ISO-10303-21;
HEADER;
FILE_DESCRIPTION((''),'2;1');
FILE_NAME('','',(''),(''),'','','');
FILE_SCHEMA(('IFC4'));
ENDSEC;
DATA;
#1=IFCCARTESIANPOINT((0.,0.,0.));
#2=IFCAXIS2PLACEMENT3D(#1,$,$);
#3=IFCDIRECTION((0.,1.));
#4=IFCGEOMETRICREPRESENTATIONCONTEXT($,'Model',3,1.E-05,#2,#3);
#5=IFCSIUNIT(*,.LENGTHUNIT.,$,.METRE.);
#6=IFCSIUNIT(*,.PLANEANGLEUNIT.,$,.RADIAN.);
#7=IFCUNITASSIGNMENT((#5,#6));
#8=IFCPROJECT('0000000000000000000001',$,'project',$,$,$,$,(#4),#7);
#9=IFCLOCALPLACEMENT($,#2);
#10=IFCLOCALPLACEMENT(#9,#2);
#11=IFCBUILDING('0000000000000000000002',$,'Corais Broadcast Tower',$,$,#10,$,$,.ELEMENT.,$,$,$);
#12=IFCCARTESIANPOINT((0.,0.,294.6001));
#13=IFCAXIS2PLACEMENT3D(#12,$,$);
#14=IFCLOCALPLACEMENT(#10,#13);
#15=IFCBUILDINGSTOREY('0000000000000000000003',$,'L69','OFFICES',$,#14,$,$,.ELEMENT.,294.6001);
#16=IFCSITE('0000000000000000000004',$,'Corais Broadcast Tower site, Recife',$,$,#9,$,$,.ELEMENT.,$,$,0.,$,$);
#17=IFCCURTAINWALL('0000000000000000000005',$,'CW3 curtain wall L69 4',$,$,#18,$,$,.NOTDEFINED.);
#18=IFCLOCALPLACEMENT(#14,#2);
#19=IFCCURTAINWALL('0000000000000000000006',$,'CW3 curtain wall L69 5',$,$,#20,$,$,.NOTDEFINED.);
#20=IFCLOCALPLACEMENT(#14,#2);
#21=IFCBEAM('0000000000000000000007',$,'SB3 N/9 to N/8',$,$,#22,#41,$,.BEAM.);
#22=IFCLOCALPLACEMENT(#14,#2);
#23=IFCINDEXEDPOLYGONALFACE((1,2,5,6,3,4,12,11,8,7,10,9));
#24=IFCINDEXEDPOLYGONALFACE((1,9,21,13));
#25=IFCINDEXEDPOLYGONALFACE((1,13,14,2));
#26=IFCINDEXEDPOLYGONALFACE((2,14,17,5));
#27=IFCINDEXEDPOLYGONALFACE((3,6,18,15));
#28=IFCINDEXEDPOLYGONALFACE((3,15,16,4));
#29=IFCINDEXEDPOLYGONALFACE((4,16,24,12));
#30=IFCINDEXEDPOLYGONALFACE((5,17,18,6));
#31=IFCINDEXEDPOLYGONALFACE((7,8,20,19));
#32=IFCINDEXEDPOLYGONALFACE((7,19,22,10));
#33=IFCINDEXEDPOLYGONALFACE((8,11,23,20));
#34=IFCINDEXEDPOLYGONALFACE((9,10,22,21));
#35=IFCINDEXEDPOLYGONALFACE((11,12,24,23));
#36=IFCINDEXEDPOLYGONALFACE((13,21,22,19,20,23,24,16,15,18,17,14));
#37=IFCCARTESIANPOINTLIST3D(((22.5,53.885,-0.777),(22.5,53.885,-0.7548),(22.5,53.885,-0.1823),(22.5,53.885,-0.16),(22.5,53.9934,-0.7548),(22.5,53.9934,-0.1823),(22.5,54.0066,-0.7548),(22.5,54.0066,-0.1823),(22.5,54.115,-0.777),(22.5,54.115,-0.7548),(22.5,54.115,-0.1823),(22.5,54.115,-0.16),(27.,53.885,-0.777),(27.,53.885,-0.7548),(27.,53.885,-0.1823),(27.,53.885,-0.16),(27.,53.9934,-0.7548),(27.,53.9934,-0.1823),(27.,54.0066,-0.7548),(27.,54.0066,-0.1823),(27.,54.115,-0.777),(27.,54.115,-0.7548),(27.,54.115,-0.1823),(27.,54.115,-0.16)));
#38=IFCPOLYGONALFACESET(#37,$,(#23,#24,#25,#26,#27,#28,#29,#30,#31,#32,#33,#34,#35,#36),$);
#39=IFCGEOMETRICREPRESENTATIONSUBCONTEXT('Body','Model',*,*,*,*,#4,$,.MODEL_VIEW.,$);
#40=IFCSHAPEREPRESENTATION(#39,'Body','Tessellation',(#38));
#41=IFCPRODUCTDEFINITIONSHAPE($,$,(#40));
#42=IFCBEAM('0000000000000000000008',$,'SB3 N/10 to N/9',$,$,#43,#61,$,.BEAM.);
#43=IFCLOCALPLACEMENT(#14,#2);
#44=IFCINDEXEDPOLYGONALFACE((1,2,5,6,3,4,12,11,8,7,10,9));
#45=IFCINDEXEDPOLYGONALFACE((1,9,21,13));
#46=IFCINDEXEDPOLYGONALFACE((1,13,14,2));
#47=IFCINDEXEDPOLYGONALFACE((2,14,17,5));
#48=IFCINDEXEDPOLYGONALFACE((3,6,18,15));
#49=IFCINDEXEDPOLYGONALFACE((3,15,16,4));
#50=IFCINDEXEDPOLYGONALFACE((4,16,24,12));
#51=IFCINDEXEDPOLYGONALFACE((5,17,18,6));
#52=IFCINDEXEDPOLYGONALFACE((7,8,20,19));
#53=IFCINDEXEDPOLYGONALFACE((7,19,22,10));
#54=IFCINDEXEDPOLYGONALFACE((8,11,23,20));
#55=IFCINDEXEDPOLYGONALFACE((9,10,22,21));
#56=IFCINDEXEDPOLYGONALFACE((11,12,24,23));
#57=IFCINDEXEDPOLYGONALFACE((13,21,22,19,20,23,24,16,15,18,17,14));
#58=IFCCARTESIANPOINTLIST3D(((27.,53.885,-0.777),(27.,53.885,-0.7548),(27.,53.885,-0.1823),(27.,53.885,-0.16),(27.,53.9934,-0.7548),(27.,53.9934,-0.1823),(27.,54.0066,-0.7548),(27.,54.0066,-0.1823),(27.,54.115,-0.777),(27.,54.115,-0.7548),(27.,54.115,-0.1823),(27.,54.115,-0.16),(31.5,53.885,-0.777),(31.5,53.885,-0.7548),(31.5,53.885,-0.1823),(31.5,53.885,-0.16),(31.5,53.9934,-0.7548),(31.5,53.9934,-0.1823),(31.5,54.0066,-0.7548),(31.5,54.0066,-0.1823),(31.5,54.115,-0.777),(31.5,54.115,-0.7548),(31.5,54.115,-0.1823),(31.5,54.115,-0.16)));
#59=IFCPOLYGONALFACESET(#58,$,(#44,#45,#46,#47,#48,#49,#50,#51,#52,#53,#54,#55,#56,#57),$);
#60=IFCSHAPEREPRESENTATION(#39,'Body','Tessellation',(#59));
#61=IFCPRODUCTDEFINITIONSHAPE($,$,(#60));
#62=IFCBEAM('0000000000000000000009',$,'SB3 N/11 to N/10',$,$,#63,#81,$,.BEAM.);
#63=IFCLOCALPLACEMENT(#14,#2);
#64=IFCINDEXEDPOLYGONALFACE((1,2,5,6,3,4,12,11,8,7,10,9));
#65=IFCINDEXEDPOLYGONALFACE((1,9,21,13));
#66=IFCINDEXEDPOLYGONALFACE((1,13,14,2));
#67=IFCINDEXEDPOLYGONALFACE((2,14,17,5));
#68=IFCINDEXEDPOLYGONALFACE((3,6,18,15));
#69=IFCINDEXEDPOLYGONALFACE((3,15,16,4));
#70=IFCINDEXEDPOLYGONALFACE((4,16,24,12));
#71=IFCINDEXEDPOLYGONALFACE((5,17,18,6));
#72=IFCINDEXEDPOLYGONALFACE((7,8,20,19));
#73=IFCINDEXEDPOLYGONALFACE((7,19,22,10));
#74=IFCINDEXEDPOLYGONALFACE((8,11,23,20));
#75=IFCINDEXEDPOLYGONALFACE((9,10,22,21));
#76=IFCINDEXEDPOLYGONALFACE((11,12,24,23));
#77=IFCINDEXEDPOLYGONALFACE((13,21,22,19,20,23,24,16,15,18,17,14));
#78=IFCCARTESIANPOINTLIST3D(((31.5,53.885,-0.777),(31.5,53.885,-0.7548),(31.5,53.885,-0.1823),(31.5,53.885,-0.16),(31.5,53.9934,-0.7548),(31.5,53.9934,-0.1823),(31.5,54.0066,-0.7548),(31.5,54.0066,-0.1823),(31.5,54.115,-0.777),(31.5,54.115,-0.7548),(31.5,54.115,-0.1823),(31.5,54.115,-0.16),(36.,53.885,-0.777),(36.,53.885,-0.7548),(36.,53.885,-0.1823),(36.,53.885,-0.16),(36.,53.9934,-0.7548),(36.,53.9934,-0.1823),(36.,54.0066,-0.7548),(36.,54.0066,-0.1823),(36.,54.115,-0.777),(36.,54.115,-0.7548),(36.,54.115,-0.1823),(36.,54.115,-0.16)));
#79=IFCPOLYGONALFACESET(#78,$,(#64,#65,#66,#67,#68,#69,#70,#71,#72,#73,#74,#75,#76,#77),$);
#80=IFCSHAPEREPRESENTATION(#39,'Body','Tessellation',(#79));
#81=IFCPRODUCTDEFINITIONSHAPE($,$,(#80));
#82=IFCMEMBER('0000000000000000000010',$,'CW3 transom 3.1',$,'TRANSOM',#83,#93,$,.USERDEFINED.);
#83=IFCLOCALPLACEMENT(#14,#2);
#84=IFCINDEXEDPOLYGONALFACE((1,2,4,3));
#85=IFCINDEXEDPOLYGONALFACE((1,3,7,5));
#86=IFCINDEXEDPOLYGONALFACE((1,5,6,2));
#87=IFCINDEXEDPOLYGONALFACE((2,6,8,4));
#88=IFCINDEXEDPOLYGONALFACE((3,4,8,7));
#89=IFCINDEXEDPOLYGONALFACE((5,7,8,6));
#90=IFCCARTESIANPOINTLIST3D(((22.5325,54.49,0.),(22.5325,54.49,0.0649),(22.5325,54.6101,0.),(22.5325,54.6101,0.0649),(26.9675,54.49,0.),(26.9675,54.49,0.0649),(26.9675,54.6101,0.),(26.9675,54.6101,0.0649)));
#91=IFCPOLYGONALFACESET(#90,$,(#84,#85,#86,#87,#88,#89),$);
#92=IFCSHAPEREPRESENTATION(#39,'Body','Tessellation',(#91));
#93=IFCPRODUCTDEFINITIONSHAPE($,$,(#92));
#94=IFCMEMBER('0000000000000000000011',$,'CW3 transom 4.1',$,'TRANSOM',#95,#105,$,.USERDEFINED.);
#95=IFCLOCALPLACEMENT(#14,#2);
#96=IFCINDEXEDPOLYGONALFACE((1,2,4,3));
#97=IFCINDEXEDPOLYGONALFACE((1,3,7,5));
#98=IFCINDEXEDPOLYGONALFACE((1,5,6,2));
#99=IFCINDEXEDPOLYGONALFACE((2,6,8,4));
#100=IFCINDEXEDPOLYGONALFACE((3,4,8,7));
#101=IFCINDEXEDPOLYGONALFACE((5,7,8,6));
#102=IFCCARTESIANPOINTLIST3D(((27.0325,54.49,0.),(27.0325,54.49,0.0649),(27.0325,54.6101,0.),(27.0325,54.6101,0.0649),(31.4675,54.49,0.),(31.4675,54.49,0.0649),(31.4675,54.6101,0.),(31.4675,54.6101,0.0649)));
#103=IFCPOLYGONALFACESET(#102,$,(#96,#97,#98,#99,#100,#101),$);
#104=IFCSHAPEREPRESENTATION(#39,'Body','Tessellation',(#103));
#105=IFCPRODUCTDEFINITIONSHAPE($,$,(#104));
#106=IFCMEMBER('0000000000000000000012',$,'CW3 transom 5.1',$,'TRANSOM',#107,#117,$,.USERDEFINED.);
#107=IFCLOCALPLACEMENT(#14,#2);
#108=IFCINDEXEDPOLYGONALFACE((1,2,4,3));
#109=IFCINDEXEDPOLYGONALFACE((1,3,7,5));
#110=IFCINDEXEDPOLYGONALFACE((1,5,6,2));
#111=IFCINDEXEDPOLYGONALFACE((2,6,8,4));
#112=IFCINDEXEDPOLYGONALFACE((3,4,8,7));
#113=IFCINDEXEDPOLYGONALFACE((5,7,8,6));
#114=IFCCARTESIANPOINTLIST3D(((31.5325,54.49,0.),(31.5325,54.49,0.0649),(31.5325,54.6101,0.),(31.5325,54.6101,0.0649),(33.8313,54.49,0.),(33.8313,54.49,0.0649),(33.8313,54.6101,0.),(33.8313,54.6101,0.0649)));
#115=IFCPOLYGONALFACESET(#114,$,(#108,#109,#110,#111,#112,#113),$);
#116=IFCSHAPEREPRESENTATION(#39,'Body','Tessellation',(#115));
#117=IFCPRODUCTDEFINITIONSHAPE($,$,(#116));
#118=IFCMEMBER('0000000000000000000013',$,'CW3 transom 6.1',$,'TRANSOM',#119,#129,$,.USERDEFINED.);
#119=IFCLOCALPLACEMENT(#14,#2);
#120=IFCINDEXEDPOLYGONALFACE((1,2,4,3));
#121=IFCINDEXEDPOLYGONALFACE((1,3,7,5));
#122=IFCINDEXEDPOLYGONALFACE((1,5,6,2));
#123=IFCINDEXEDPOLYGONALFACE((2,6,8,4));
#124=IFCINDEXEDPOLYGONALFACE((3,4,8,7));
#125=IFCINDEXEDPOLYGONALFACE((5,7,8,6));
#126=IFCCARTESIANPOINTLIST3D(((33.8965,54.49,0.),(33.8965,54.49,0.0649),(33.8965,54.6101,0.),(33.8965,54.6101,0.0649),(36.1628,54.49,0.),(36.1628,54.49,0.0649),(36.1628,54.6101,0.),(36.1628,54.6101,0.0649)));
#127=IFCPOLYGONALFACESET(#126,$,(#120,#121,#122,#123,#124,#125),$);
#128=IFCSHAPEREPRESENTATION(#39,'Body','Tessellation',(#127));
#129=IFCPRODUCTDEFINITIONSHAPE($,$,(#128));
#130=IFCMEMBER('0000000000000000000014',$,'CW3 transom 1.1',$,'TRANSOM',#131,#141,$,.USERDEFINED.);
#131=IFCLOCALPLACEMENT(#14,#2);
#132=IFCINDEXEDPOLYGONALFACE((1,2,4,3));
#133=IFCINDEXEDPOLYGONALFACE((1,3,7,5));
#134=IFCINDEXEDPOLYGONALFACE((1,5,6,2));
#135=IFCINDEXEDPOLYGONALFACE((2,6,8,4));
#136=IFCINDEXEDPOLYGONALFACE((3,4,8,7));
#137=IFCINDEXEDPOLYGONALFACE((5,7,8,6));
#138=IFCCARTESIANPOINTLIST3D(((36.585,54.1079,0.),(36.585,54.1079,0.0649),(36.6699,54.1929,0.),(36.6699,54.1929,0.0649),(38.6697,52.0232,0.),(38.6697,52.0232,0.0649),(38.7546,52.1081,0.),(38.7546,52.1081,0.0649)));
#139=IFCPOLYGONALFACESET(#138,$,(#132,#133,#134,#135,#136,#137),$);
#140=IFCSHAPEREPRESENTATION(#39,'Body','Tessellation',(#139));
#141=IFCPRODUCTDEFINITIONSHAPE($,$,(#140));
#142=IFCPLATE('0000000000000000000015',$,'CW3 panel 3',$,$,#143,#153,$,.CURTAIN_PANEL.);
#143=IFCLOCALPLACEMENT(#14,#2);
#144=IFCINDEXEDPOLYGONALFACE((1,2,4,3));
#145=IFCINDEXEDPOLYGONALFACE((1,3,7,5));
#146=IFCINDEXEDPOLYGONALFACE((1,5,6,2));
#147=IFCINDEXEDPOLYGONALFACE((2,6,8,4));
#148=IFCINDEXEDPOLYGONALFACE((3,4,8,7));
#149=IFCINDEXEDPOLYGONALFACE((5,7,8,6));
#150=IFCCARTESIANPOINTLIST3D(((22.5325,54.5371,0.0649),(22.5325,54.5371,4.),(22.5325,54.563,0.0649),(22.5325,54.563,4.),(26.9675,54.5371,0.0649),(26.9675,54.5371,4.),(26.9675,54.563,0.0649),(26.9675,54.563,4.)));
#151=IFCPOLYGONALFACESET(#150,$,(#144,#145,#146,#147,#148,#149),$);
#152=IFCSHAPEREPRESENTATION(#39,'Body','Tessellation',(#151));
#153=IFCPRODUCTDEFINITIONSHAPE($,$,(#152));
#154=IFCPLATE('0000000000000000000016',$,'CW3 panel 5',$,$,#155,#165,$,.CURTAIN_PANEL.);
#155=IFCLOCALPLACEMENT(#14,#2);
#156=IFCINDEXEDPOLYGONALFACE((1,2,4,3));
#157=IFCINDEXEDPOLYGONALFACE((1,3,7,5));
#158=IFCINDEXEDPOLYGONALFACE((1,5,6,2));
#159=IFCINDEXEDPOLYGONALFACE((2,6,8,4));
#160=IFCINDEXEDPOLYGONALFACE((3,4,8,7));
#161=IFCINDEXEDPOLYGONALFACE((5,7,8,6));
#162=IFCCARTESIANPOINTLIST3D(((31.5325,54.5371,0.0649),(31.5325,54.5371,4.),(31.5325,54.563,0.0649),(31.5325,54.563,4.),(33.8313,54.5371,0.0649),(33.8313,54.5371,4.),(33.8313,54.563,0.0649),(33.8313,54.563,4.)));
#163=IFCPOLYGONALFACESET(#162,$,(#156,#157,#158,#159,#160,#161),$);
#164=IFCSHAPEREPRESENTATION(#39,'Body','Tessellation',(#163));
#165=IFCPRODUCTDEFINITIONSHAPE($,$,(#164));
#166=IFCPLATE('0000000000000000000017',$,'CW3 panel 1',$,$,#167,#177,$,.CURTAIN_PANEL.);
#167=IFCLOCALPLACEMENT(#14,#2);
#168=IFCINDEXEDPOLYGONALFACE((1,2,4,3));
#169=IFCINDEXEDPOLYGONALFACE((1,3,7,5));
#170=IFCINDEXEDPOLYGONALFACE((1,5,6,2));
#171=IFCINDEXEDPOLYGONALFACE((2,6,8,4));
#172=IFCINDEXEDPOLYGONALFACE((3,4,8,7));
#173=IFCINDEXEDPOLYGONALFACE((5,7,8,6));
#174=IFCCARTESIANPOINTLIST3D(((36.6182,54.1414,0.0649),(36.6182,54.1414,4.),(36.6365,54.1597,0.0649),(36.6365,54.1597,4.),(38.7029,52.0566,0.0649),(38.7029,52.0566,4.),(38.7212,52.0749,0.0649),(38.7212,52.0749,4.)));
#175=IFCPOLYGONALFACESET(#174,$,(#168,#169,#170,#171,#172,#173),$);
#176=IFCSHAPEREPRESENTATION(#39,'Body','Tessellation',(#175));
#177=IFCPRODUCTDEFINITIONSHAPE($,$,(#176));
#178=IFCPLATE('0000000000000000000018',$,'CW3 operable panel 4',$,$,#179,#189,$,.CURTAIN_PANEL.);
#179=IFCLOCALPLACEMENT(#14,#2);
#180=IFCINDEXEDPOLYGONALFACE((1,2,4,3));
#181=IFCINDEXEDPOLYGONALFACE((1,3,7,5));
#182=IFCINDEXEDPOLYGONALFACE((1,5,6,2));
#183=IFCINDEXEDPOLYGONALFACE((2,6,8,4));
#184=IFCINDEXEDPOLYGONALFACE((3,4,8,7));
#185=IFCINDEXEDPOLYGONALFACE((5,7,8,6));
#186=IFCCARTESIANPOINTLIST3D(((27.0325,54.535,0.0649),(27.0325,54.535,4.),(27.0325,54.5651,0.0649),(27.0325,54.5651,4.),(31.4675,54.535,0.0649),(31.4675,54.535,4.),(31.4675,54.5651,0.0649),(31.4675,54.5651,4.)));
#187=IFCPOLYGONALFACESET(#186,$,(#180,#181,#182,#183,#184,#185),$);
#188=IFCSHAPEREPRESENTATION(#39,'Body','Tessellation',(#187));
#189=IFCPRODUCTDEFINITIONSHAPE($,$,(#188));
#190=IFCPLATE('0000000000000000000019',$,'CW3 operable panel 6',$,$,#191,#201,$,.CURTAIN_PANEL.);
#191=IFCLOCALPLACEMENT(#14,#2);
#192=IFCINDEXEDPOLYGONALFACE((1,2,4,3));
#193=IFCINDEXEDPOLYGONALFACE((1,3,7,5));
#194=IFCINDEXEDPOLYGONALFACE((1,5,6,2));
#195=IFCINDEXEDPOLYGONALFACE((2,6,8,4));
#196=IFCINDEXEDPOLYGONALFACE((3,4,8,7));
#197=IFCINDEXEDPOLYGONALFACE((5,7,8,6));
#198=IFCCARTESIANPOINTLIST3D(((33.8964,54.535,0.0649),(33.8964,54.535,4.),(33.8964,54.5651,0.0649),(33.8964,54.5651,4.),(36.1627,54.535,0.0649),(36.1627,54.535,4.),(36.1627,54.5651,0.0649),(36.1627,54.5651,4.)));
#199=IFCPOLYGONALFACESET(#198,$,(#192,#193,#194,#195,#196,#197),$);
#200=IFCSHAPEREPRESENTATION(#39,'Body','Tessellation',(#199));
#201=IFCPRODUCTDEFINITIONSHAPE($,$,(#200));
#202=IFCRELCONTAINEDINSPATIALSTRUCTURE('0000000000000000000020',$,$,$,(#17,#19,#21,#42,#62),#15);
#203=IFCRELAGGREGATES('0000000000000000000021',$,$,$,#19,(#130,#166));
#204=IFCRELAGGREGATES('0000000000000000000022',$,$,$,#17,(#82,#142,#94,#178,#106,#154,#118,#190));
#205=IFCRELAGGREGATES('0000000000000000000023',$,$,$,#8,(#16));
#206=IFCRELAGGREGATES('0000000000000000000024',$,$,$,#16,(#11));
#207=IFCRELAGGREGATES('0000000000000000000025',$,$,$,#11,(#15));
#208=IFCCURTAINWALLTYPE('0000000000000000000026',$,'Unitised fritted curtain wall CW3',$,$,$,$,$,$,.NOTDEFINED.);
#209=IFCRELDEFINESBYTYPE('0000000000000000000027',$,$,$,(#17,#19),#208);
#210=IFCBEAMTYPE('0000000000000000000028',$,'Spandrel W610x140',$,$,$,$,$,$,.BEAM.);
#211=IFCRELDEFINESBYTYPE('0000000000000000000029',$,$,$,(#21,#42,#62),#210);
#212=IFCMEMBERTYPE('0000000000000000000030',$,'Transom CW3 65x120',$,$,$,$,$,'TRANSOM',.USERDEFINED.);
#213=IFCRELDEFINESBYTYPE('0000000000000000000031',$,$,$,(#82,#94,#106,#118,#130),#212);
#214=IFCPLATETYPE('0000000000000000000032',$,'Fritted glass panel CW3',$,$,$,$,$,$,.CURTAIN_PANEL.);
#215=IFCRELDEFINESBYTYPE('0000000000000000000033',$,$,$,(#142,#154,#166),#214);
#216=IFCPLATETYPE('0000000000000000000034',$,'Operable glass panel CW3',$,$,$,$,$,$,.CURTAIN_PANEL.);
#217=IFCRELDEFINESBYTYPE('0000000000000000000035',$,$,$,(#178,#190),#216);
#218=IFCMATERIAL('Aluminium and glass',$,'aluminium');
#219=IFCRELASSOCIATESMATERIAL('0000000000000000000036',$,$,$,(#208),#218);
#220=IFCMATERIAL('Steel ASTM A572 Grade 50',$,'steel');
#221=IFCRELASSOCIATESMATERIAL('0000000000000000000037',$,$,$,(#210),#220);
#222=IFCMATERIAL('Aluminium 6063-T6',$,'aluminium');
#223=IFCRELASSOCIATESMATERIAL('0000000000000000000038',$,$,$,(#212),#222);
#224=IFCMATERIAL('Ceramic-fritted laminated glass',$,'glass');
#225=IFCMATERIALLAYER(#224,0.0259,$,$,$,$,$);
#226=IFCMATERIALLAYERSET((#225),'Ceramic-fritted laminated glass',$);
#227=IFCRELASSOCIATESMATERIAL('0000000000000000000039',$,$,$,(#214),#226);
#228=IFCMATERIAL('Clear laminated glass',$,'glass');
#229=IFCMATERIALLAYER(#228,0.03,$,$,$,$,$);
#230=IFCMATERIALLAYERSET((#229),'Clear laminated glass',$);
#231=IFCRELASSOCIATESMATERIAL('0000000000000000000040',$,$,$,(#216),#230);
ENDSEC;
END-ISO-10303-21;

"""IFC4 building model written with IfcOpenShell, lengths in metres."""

from ifc_helpers import new_model, si_unit, direction, frame, origin, origin_2d, place, context, subcontext, project, spatial, rectangle, i_section, extrude, material, layer, layer_set, material_profile, profile_set, type_object, element, aggregate, save


model = new_model("IFC4")

# Units and contexts
model_context = context("Model", 3, precision=1e-05, world=origin(), true_north=direction((0.0, 1.0)))
body_context = subcontext(model_context, "Body", "Model", "MODEL_VIEW")
ifc_project = project(units=[si_unit("LENGTHUNIT", "METRE"), si_unit("PLANEANGLEUNIT", "RADIAN")], contexts=[model_context])

# Site, building, storey
site_placement = place(None, origin())
site = spatial("IfcSite", under=ifc_project, at=site_placement, Name="Corais Broadcast Tower site, Recife", CompositionType="ELEMENT", RefElevation=0.0)
building_placement = place(site_placement, origin())
building = spatial("IfcBuilding", under=site, at=building_placement, Name="Corais Broadcast Tower", CompositionType="ELEMENT")
storey_placement = place(building_placement, frame((0.0, 0.0, 294.6001)))
storey = spatial("IfcBuildingStorey", under=building, at=storey_placement, Name="L69", Description="OFFICES", CompositionType="ELEMENT", Elevation=294.6001)

# Curtain walls
ifc_material_1 = material(Name="Aluminium and glass", Category="aluminium")
curtain_wall_type = type_object("IfcCurtainWallType", Name="Unitised fritted curtain wall CW3", PredefinedType="NOTDEFINED", material=ifc_material_1)
curtain_wall_1_placement = place(storey_placement, origin())
curtain_wall_1 = element("IfcCurtainWall", 1, at=curtain_wall_1_placement, inside=storey, type_object=curtain_wall_type, Name="CW3 curtain wall L69 4", PredefinedType="NOTDEFINED")
curtain_wall_2_placement = place(storey_placement, origin())
curtain_wall_2 = element("IfcCurtainWall", 2, at=curtain_wall_2_placement, inside=storey, type_object=curtain_wall_type, Name="CW3 curtain wall L69 5", PredefinedType="NOTDEFINED")

# Beams
ifc_material_2 = material(Name="Steel ASTM A572 Grade 50", Category="steel")
ifc_material_profile_1 = material_profile(ifc_material_2, i_section(OverallWidth=0.23, OverallDepth=0.6169, WebThickness=0.0132, FlangeThickness=0.0222, at=origin_2d()), Name="W610x140")
ifc_profile_set_1 = profile_set([ifc_material_profile_1], Name="Steel ASTM A572 Grade 50")
beam_type_1 = type_object("IfcBeamType", Name="Spandrel W610x140", PredefinedType="BEAM", material=ifc_profile_set_1)
for number, where, z_axis, x_axis, name in (
    (3, (27.0, 54.0, -0.4685), (-1.0, 0.0, 0.0), (0.0, -1.0, 0.0), "SB3 N/9 to N/8"),
    (4, (31.5, 54.0, -0.4685), (-1.0, 0.0, 0.0), (0.0, -1.0, 0.0), "SB3 N/10 to N/9"),
    (5, (36.0, 54.0, -0.4685), (-1.0, 0.0, 0.0), (0.0, -1.0, 0.0), "SB3 N/11 to N/10"),
):
    element("IfcBeam", number, at=place(storey_placement, frame(where, z_axis=z_axis, x_axis=x_axis)), inside=storey, type_object=beam_type_1, Name=name, PredefinedType="BEAM", context=body_context, shape_type="SweptSolid", body=[
        extrude(i_section(OverallWidth=0.23, OverallDepth=0.6169, WebThickness=0.0132, FlangeThickness=0.0222, at=origin_2d()), origin(), (0.0, 0.0, 1.0), 4.5),
    ])

# Members
ifc_material_3 = material(Name="Aluminium 6063-T6", Category="aluminium")
ifc_material_profile_2 = material_profile(ifc_material_3, rectangle(XDim=0.1201, YDim=0.0649, at=origin_2d()), Name="Transom CW3 65x120")
ifc_profile_set_2 = profile_set([ifc_material_profile_2], Name="Aluminium 6063-T6")
member_type_1 = type_object("IfcMemberType", Name="Transom CW3 65x120", ElementType="TRANSOM", PredefinedType="USERDEFINED", material=ifc_profile_set_2)
member_1_placement = place(storey_placement, frame((22.5325, 54.55, 0.0325), z_axis=(1.0, 0.0, 0.0), x_axis=(0.0, 1.0, 0.0)))
member_1 = element("IfcMember", 6, at=member_1_placement, type_object=member_type_1, Name="CW3 transom 3.1", ObjectType="TRANSOM", PredefinedType="USERDEFINED", context=body_context, shape_type="SweptSolid", body=[
    extrude(rectangle(XDim=0.1201, YDim=0.0649, at=origin_2d()), origin(), (0.0, 0.0, 1.0), 4.4351),
])
member_2_placement = place(storey_placement, frame((27.0325, 54.55, 0.0325), z_axis=(1.0, 0.0, 0.0), x_axis=(0.0, 1.0, 0.0)))
member_2 = element("IfcMember", 7, at=member_2_placement, type_object=member_type_1, Name="CW3 transom 4.1", ObjectType="TRANSOM", PredefinedType="USERDEFINED", context=body_context, shape_type="SweptSolid", body=[
    extrude(rectangle(XDim=0.1201, YDim=0.0649, at=origin_2d()), origin(), (0.0, 0.0, 1.0), 4.4351),
])
member_3_placement = place(storey_placement, frame((31.5325, 54.55, 0.0325), z_axis=(1.0, 0.0, 0.0), x_axis=(0.0, 1.0, 0.0)))
member_3 = element("IfcMember", 8, at=member_3_placement, type_object=member_type_1, Name="CW3 transom 5.1", ObjectType="TRANSOM", PredefinedType="USERDEFINED", context=body_context, shape_type="SweptSolid", body=[
    extrude(rectangle(XDim=0.1201, YDim=0.0649, at=origin_2d()), origin(), (0.0, 0.0, 1.0), 2.2988),
])
member_4_placement = place(storey_placement, frame((33.8965, 54.55, 0.0325), z_axis=(1.0, 0.0, 0.0), x_axis=(0.0, 1.0, 0.0)))
member_4 = element("IfcMember", 9, at=member_4_placement, type_object=member_type_1, Name="CW3 transom 6.1", ObjectType="TRANSOM", PredefinedType="USERDEFINED", context=body_context, shape_type="SweptSolid", body=[
    extrude(rectangle(XDim=0.1201, YDim=0.0649, at=origin_2d()), origin(), (0.0, 0.0, 1.0), 2.2664),
])
member_5_placement = place(storey_placement, frame((36.6274, 54.1504, 0.0325), z_axis=(0.707107, -0.707107, 0.0), x_axis=(0.707107, 0.707107, 0.0)))
member_5 = element("IfcMember", 10, at=member_5_placement, type_object=member_type_1, Name="CW3 transom 1.1", ObjectType="TRANSOM", PredefinedType="USERDEFINED", context=body_context, shape_type="SweptSolid", body=[
    extrude(rectangle(XDim=0.1201, YDim=0.0649, at=origin_2d()), origin(), (0.0, 0.0, 1.0), 2.9482),
])

# Plates
ifc_material_4 = material(Name="Ceramic-fritted laminated glass", Category="glass")
ifc_layer_1 = layer(ifc_material_4, 0.0259)
ifc_layer_set_1 = layer_set([ifc_layer_1], Name="Ceramic-fritted laminated glass")
plate_type_1 = type_object("IfcPlateType", Name="Fritted glass panel CW3", PredefinedType="CURTAIN_PANEL", material=ifc_layer_set_1)
plate_1_placement = place(storey_placement, frame((24.75, 54.55, 0.0649), z_axis=(0.0, 0.0, 1.0), x_axis=(1.0, 0.0, 0.0)))
plate_1 = element("IfcPlate", 11, at=plate_1_placement, type_object=plate_type_1, Name="CW3 panel 3", PredefinedType="CURTAIN_PANEL", context=body_context, shape_type="SweptSolid", body=[
    extrude(rectangle(XDim=4.4351, YDim=0.0259, at=origin_2d()), origin(), (0.0, 0.0, 1.0), 3.9351),
])
plate_2_placement = place(storey_placement, frame((32.6819, 54.55, 0.0649), z_axis=(0.0, 0.0, 1.0), x_axis=(1.0, 0.0, 0.0)))
plate_2 = element("IfcPlate", 12, at=plate_2_placement, type_object=plate_type_1, Name="CW3 panel 5", PredefinedType="CURTAIN_PANEL", context=body_context, shape_type="SweptSolid", body=[
    extrude(rectangle(XDim=2.2988, YDim=0.0259, at=origin_2d()), origin(), (0.0, 0.0, 1.0), 3.9351),
])
plate_3_placement = place(storey_placement, frame((37.6697, 53.1082, 0.0649), z_axis=(0.0, 0.0, 1.0), x_axis=(0.707107, -0.707107, 0.0)))
plate_3 = element("IfcPlate", 13, at=plate_3_placement, type_object=plate_type_1, Name="CW3 panel 1", PredefinedType="CURTAIN_PANEL", context=body_context, shape_type="SweptSolid", body=[
    extrude(rectangle(XDim=2.9482, YDim=0.0259, at=origin_2d()), origin(), (0.0, 0.0, 1.0), 3.9351),
])
aggregate(curtain_wall_2, [member_5, plate_3])
ifc_material_5 = material(Name="Clear laminated glass", Category="glass")
ifc_layer_2 = layer(ifc_material_5, 0.03)
ifc_layer_set_2 = layer_set([ifc_layer_2], Name="Clear laminated glass")
plate_type_2 = type_object("IfcPlateType", Name="Operable glass panel CW3", PredefinedType="CURTAIN_PANEL", material=ifc_layer_set_2)
plate_4_placement = place(storey_placement, frame((29.25, 54.55, 0.0649), z_axis=(0.0, 0.0, 1.0), x_axis=(1.0, 0.0, 0.0)))
plate_4 = element("IfcPlate", 14, at=plate_4_placement, type_object=plate_type_2, Name="CW3 operable panel 4", PredefinedType="CURTAIN_PANEL", context=body_context, shape_type="SweptSolid", body=[
    extrude(rectangle(XDim=4.4351, YDim=0.03, at=origin_2d()), origin(), (0.0, 0.0, 1.0), 3.9351),
])
plate_5_placement = place(storey_placement, frame((35.0295, 54.55, 0.0649), z_axis=(0.0, 0.0, 1.0), x_axis=(1.0, 0.0, 0.0)))
plate_5 = element("IfcPlate", 15, at=plate_5_placement, type_object=plate_type_2, Name="CW3 operable panel 6", PredefinedType="CURTAIN_PANEL", context=body_context, shape_type="SweptSolid", body=[
    extrude(rectangle(XDim=2.2664, YDim=0.03, at=origin_2d()), origin(), (0.0, 0.0, 1.0), 3.9351),
])
aggregate(curtain_wall_1, [member_1, plate_1, member_2, plate_4, member_3, plate_2, member_4, plate_5])

save(model, "model.ifc")
